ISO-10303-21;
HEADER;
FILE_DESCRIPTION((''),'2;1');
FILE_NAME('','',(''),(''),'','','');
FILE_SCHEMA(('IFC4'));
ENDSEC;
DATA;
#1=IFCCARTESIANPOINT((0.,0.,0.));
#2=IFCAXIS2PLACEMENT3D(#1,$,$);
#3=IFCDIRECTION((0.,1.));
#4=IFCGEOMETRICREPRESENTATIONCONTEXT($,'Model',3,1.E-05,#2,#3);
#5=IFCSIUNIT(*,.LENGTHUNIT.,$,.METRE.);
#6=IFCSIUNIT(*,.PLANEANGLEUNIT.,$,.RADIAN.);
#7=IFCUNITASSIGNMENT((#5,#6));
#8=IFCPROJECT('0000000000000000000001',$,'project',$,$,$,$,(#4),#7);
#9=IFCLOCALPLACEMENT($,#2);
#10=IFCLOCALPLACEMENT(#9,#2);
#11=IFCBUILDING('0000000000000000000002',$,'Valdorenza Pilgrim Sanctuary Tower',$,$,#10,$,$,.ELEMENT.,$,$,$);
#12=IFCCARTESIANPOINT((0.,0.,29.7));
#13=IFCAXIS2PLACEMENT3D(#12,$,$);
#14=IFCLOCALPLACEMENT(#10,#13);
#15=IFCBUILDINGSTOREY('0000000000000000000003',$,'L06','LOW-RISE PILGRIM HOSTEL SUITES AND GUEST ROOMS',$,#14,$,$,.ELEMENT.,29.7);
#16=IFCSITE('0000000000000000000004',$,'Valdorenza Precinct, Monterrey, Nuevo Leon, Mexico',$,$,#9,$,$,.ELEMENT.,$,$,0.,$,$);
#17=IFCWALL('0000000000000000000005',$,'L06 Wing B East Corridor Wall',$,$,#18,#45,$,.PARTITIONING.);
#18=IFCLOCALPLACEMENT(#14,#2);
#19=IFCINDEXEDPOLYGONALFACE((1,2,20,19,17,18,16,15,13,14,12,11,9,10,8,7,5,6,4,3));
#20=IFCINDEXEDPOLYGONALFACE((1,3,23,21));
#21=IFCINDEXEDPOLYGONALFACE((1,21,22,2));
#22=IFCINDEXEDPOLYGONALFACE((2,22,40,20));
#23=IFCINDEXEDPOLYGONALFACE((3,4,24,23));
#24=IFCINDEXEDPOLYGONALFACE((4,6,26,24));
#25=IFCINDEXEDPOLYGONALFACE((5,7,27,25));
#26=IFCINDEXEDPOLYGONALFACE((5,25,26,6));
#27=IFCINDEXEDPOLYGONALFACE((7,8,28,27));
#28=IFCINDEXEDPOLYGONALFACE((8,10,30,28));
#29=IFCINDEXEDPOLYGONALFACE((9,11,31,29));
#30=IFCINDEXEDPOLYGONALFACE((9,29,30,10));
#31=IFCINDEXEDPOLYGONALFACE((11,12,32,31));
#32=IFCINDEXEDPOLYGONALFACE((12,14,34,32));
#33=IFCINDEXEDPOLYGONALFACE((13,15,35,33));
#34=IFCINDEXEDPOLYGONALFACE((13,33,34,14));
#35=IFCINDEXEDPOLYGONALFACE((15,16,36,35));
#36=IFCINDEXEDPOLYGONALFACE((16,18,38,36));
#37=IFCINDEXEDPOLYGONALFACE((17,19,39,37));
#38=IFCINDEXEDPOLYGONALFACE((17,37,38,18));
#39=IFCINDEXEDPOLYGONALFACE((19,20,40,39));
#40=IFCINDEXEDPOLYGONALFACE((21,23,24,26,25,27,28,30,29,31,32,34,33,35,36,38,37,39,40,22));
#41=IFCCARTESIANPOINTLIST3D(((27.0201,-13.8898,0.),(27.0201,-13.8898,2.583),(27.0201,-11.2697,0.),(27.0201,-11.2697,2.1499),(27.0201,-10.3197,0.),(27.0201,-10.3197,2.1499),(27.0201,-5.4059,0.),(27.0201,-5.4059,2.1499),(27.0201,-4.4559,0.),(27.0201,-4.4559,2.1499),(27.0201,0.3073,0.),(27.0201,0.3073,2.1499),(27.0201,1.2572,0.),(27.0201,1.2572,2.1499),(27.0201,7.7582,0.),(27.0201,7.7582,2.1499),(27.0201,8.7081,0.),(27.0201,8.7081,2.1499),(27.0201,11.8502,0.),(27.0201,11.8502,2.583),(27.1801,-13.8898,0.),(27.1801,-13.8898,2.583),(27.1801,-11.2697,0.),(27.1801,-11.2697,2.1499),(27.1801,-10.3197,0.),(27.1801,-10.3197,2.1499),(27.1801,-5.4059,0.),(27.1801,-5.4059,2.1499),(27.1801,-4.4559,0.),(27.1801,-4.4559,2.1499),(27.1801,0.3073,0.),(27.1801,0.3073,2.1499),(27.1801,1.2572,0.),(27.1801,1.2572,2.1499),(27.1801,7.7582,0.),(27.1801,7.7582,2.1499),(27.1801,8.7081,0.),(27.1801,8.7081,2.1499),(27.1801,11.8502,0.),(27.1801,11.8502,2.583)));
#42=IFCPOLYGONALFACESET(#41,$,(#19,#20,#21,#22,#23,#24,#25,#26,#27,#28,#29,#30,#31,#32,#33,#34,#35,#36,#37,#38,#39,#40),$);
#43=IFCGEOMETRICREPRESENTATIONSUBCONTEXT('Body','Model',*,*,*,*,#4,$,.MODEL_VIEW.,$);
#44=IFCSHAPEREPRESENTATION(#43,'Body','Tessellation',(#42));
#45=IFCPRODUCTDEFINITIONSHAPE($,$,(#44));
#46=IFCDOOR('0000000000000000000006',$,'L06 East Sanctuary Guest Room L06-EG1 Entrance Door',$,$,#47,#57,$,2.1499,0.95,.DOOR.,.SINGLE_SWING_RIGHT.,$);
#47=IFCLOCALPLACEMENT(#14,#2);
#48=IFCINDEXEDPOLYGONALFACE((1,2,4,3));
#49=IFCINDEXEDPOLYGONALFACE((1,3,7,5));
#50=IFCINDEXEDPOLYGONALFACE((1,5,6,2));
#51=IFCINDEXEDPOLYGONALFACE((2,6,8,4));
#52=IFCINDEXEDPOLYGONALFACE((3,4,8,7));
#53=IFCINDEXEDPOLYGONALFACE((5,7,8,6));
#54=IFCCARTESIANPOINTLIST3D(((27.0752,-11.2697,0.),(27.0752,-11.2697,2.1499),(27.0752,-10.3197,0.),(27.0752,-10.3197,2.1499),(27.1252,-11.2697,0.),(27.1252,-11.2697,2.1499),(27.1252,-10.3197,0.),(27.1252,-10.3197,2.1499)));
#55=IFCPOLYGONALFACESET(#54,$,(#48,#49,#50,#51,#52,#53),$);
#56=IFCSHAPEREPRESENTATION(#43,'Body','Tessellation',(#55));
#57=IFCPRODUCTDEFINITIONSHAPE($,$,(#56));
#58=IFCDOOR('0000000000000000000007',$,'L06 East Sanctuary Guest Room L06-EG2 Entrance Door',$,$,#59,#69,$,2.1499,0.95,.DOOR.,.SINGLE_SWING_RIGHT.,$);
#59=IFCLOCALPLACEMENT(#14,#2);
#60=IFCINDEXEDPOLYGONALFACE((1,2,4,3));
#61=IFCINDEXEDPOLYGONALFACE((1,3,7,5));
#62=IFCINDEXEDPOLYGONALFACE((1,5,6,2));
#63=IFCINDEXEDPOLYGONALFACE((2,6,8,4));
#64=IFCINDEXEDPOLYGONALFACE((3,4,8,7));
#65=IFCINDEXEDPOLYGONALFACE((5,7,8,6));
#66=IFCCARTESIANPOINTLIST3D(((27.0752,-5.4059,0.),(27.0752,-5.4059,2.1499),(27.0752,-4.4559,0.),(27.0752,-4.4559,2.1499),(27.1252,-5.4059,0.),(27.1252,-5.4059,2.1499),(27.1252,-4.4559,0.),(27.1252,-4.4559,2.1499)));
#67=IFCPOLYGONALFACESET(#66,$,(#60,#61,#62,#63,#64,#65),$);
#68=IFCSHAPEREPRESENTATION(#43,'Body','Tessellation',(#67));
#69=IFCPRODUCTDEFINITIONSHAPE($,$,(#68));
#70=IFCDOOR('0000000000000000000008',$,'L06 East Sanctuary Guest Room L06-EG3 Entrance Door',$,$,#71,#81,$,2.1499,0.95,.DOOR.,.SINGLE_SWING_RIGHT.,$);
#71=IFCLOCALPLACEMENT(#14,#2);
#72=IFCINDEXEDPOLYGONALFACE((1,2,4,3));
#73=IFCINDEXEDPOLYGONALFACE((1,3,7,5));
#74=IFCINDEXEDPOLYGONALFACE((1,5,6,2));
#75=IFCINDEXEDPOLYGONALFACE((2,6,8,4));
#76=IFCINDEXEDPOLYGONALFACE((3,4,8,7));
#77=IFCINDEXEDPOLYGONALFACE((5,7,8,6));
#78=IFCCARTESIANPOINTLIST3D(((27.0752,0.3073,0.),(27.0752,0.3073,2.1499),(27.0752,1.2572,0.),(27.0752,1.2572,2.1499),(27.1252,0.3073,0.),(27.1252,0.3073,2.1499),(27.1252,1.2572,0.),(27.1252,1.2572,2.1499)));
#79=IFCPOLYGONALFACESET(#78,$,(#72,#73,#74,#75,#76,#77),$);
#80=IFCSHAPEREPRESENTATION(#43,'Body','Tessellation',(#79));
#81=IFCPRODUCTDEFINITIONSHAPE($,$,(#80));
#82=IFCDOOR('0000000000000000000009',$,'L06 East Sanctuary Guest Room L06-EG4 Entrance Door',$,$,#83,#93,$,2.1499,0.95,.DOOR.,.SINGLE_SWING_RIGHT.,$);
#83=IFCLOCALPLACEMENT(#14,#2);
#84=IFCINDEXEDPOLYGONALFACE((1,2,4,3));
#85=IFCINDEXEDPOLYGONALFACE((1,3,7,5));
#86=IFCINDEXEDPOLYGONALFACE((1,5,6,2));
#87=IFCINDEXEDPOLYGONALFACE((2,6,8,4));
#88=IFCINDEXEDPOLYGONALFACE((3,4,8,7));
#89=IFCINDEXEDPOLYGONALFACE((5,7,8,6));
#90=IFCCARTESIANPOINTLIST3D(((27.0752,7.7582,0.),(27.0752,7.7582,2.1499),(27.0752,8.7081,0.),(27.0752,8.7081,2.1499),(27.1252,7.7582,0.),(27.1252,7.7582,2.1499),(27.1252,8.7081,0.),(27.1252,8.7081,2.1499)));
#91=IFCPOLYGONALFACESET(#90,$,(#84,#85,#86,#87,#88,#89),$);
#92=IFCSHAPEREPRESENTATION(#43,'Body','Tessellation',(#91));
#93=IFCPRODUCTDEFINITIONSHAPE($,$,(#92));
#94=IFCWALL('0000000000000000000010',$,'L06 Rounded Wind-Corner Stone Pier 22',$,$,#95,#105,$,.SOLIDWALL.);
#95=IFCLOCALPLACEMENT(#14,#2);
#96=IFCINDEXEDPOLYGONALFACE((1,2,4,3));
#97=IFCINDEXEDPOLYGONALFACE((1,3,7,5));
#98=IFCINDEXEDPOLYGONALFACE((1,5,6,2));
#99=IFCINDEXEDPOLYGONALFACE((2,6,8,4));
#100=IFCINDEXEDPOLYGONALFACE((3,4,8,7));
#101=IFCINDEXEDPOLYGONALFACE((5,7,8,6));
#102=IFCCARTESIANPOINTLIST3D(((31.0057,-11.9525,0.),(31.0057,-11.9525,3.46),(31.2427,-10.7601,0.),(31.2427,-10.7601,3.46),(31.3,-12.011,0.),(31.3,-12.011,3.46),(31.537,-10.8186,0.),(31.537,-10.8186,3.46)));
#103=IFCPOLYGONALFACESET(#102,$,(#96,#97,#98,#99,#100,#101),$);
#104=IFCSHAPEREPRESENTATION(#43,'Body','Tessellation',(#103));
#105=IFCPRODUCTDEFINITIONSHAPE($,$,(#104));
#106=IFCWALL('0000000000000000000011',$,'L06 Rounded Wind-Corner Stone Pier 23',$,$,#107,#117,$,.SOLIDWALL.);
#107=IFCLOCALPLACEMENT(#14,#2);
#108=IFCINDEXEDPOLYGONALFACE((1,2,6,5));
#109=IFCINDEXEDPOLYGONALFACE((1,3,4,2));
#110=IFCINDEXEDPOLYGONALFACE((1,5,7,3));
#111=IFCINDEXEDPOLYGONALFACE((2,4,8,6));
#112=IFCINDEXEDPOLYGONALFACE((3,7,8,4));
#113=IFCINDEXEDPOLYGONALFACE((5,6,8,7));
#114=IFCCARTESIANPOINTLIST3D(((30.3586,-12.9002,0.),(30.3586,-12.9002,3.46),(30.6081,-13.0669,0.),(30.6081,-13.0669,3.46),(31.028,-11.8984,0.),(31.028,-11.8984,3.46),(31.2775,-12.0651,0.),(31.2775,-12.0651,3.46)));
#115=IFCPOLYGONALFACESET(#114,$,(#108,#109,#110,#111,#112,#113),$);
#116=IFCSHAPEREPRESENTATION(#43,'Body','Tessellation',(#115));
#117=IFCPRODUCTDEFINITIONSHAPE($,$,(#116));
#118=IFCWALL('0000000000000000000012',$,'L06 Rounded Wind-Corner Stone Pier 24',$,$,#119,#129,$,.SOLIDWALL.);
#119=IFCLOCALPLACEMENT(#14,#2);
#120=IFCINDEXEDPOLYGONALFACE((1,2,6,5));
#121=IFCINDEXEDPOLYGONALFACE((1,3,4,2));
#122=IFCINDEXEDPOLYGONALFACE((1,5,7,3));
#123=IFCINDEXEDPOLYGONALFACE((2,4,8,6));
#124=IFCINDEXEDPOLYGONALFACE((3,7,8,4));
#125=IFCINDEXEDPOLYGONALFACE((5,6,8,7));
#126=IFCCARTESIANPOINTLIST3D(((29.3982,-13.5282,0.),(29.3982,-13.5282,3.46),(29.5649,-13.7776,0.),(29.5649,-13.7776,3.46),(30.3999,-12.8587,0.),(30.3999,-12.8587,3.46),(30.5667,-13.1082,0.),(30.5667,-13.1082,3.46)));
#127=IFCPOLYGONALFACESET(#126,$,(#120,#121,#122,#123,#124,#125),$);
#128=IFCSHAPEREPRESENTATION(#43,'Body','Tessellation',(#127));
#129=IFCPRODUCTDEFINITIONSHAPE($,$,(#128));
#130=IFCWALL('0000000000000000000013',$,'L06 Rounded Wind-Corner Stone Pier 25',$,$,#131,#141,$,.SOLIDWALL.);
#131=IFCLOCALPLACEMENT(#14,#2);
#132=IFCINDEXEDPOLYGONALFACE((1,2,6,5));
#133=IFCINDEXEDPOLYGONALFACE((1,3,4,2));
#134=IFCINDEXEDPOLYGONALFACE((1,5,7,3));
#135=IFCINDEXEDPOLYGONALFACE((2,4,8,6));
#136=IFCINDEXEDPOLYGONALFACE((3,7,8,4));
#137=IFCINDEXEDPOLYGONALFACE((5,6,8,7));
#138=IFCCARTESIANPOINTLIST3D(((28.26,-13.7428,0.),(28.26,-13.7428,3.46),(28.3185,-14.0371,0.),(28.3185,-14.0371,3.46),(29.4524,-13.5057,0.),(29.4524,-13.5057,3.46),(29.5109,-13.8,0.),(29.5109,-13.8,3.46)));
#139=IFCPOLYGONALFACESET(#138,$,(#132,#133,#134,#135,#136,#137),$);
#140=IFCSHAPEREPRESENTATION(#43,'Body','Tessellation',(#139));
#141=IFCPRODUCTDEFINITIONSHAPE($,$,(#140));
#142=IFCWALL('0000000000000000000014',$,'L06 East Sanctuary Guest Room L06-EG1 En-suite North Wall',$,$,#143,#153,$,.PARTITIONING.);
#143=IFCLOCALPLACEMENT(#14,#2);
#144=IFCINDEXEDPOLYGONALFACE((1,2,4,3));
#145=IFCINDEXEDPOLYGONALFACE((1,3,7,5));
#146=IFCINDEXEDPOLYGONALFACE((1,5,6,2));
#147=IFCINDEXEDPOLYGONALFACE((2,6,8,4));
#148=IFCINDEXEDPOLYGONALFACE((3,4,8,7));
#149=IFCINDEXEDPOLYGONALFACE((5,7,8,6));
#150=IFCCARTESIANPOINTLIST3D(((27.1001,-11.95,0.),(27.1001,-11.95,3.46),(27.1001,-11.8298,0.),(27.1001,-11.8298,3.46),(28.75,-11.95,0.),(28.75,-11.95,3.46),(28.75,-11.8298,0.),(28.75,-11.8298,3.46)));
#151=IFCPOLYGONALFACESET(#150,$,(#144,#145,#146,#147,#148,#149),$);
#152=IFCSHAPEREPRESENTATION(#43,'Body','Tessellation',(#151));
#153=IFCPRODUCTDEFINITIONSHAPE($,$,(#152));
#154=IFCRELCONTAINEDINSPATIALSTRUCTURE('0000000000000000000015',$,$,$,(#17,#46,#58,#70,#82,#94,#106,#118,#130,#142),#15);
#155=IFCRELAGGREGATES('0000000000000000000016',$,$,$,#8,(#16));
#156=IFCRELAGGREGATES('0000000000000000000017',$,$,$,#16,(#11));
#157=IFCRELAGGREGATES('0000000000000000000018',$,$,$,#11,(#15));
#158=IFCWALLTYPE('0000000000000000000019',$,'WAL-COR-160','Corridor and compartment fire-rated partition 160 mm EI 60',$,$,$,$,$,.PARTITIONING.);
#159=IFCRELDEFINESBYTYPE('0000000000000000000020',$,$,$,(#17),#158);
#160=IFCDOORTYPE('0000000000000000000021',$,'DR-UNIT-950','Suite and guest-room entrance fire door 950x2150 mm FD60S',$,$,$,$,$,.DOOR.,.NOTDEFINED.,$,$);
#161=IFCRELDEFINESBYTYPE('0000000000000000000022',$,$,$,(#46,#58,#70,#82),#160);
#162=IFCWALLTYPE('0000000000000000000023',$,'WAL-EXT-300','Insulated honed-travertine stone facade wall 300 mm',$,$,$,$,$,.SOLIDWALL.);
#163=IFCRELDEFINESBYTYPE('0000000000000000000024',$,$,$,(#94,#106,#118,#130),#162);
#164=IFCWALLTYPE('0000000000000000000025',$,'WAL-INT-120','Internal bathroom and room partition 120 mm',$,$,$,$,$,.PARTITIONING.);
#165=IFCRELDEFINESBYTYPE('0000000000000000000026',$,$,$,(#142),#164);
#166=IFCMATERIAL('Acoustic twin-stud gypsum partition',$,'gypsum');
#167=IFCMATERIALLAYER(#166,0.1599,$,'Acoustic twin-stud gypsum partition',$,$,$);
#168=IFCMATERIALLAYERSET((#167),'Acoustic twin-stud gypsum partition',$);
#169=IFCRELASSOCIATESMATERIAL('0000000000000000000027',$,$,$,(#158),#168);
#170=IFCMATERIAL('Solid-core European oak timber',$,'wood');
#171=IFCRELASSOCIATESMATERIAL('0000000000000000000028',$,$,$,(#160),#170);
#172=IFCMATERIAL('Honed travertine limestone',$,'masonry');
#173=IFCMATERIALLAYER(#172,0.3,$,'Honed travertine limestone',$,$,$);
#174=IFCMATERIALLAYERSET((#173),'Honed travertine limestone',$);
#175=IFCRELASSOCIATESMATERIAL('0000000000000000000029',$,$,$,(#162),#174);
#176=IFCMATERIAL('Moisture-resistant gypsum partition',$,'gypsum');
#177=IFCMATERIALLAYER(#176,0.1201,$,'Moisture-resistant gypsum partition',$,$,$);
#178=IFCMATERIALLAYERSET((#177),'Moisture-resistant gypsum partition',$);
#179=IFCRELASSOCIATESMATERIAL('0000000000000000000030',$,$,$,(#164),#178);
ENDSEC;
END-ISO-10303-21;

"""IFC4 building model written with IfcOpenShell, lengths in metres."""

from ifc_helpers import new_model, si_unit, direction, frame, frame_2d, origin, place, context, subcontext, project, spatial, rectangle, extrude, material, layer, layer_set, type_object, element, fill, save


model = new_model("IFC4")

# Units and contexts
model_context = context("Model", 3, precision=1e-05, world=origin(), true_north=direction((0.0, 1.0)))
body_context = subcontext(model_context, "Body", "Model", "MODEL_VIEW")
ifc_project = project(units=[si_unit("LENGTHUNIT", "METRE"), si_unit("PLANEANGLEUNIT", "RADIAN")], contexts=[model_context])

# Site, building, storey
site_placement = place(None, origin())
site = spatial("IfcSite", under=ifc_project, at=site_placement, Name="Valdorenza Precinct, Monterrey, Nuevo Leon, Mexico", CompositionType="ELEMENT", RefElevation=0.0)
building_placement = place(site_placement, origin())
building = spatial("IfcBuilding", under=site, at=building_placement, Name="Valdorenza Pilgrim Sanctuary Tower", CompositionType="ELEMENT")
storey_placement = place(building_placement, frame((0.0, 0.0, 29.7)))
storey = spatial("IfcBuildingStorey", under=building, at=storey_placement, Name="L06", Description="LOW-RISE PILGRIM HOSTEL SUITES AND GUEST ROOMS", CompositionType="ELEMENT", Elevation=29.7)

# Shared definitions
ifc_material_1 = material(Name="Honed travertine limestone", Category="masonry")

# Shared definitions
ifc_material_2 = material(Name="Acoustic twin-stud gypsum partition", Category="gypsum")
ifc_layer_1 = layer(ifc_material_2, 0.1599, Name="Acoustic twin-stud gypsum partition")
ifc_layer_set_1 = layer_set([ifc_layer_1], Name="Acoustic twin-stud gypsum partition")
wall_type_1 = type_object("IfcWallType", Name="WAL-COR-160", Description="Corridor and compartment fire-rated partition 160 mm EI 60", PredefinedType="PARTITIONING", material=ifc_layer_set_1)
ifc_material_3 = material(Name="Solid-core European oak timber", Category="wood")
door_type_1 = type_object("IfcDoorType", Name="DR-UNIT-950", Description="Suite and guest-room entrance fire door 950x2150 mm FD60S", OperationType="NOTDEFINED", PredefinedType="DOOR", material=ifc_material_3)

# Wall, openings, doors
wall_1_placement = place(storey_placement, frame((27.1001, -13.8899, 0.0), z_axis=(0.0, 0.0, 1.0), x_axis=(0.0, 1.0, 0.0)))
wall_1 = element("IfcWall", 1, at=wall_1_placement, inside=storey, type_object=wall_type_1, Name="L06 Wing B East Corridor Wall", PredefinedType="PARTITIONING", context=body_context, shape_type="SweptSolid", body=[
    extrude(rectangle(XDim=25.74, YDim=0.1599, at=frame_2d((12.8701, 0.0))), origin(), (0.0, 0.0, 1.0), 2.583),
])
opening_1_placement = place(wall_1_placement, frame((2.6201, 0.0, 0.0)))
opening_1 = element("IfcOpeningElement", 2, at=opening_1_placement, cuts=wall_1, PredefinedType="OPENING", context=body_context, shape_type="SweptSolid", body=[
    extrude(rectangle(XDim=0.95, YDim=2.1499, at=frame_2d((0.4751, 1.075))), frame((0.0, 0.0947, 0.0), z_axis=(0.0, -1.0, 0.0), x_axis=(1.0, 0.0, 0.0)), (0.0, 0.0, 1.0), 0.1897),
])
opening_2_placement = place(wall_1_placement, frame((8.4839, 0.0, 0.0)))
opening_2 = element("IfcOpeningElement", 3, at=opening_2_placement, cuts=wall_1, PredefinedType="OPENING", context=body_context, shape_type="SweptSolid", body=[
    extrude(rectangle(XDim=0.95, YDim=2.1499, at=frame_2d((0.4751, 1.075))), frame((0.0, 0.0947, 0.0), z_axis=(0.0, -1.0, 0.0), x_axis=(1.0, 0.0, 0.0)), (0.0, 0.0, 1.0), 0.1897),
])
opening_3_placement = place(wall_1_placement, frame((14.197, 0.0, 0.0)))
opening_3 = element("IfcOpeningElement", 4, at=opening_3_placement, cuts=wall_1, PredefinedType="OPENING", context=body_context, shape_type="SweptSolid", body=[
    extrude(rectangle(XDim=0.95, YDim=2.1499, at=frame_2d((0.4751, 1.075))), frame((0.0, 0.0947, 0.0), z_axis=(0.0, -1.0, 0.0), x_axis=(1.0, 0.0, 0.0)), (0.0, 0.0, 1.0), 0.1897),
])
opening_4_placement = place(wall_1_placement, frame((21.6479, 0.0, 0.0)))
opening_4 = element("IfcOpeningElement", 5, at=opening_4_placement, cuts=wall_1, PredefinedType="OPENING", context=body_context, shape_type="SweptSolid", body=[
    extrude(rectangle(XDim=0.95, YDim=2.1499, at=frame_2d((0.4751, 1.075))), frame((0.0, 0.0947, 0.0), z_axis=(0.0, -1.0, 0.0), x_axis=(1.0, 0.0, 0.0)), (0.0, 0.0, 1.0), 0.1897),
])
door_1_placement = place(opening_1_placement, origin())
door_1 = element("IfcDoor", 6, at=door_1_placement, inside=storey, type_object=door_type_1, Name="L06 East Sanctuary Guest Room L06-EG1 Entrance Door", OperationType="SINGLE_SWING_RIGHT", OverallHeight=2.1499, OverallWidth=0.95, PredefinedType="DOOR", context=body_context, shape_type="SweptSolid", body=[
    extrude(rectangle(XDim=0.95, YDim=2.1499, at=frame_2d((0.4751, 1.075))), frame((0.0, 0.0249, 0.0), z_axis=(0.0, -1.0, 0.0), x_axis=(1.0, 0.0, 0.0)), (0.0, 0.0, 1.0), 0.05),
])
fill(opening_1, door_1)
door_2_placement = place(opening_2_placement, origin())
door_2 = element("IfcDoor", 7, at=door_2_placement, inside=storey, type_object=door_type_1, Name="L06 East Sanctuary Guest Room L06-EG2 Entrance Door", OperationType="SINGLE_SWING_RIGHT", OverallHeight=2.1499, OverallWidth=0.95, PredefinedType="DOOR", context=body_context, shape_type="SweptSolid", body=[
    extrude(rectangle(XDim=0.95, YDim=2.1499, at=frame_2d((0.4751, 1.075))), frame((0.0, 0.0249, 0.0), z_axis=(0.0, -1.0, 0.0), x_axis=(1.0, 0.0, 0.0)), (0.0, 0.0, 1.0), 0.05),
])
fill(opening_2, door_2)
door_3_placement = place(opening_3_placement, origin())
door_3 = element("IfcDoor", 8, at=door_3_placement, inside=storey, type_object=door_type_1, Name="L06 East Sanctuary Guest Room L06-EG3 Entrance Door", OperationType="SINGLE_SWING_RIGHT", OverallHeight=2.1499, OverallWidth=0.95, PredefinedType="DOOR", context=body_context, shape_type="SweptSolid", body=[
    extrude(rectangle(XDim=0.95, YDim=2.1499, at=frame_2d((0.4751, 1.075))), frame((0.0, 0.0249, 0.0), z_axis=(0.0, -1.0, 0.0), x_axis=(1.0, 0.0, 0.0)), (0.0, 0.0, 1.0), 0.05),
])
fill(opening_3, door_3)
door_4_placement = place(opening_4_placement, origin())
door_4 = element("IfcDoor", 9, at=door_4_placement, inside=storey, type_object=door_type_1, Name="L06 East Sanctuary Guest Room L06-EG4 Entrance Door", OperationType="SINGLE_SWING_RIGHT", OverallHeight=2.1499, OverallWidth=0.95, PredefinedType="DOOR", context=body_context, shape_type="SweptSolid", body=[
    extrude(rectangle(XDim=0.95, YDim=2.1499, at=frame_2d((0.4751, 1.075))), frame((0.0, 0.0249, 0.0), z_axis=(0.0, -1.0, 0.0), x_axis=(1.0, 0.0, 0.0)), (0.0, 0.0, 1.0), 0.05),
])
fill(opening_4, door_4)

# Walls
ifc_layer_2 = layer(ifc_material_1, 0.3, Name="Honed travertine limestone")
ifc_layer_set_2 = layer_set([ifc_layer_2], Name="Honed travertine limestone")
wall_type_2 = type_object("IfcWallType", Name="WAL-EXT-300", Description="Insulated honed-travertine stone facade wall 300 mm", PredefinedType="SOLIDWALL", material=ifc_layer_set_2)
wall_2_placement = place(storey_placement, frame((31.3899, -10.7893, 0.0), z_axis=(0.0, 0.0, 1.0), x_axis=(-0.194996, -0.980804, 0.0)))
element("IfcWall", 10, at=wall_2_placement, inside=storey, type_object=wall_type_2, Name="L06 Rounded Wind-Corner Stone Pier 22", PredefinedType="SOLIDWALL", context=body_context, shape_type="SweptSolid", body=[
    extrude(rectangle(XDim=1.2158, YDim=0.3, at=frame_2d((0.6079, 0.0))), origin(), (0.0, 0.0, 1.0), 3.46),
])
for number, where, z_axis, x_axis, name in (
    (11, (31.1528, -11.9817, 0.0), (0.0, 0.0, 1.0), (-0.555635, -0.831426, 0.0), "L06 Rounded Wind-Corner Stone Pier 23"),
    (12, (30.4834, -12.9834, 0.0), (0.0, 0.0, 1.0), (-0.831426, -0.555635, 0.0), "L06 Rounded Wind-Corner Stone Pier 24"),
):
    element("IfcWall", number, at=place(storey_placement, frame(where, z_axis=z_axis, x_axis=x_axis)), inside=storey, type_object=wall_type_2, Name=name, PredefinedType="SOLIDWALL", context=body_context, shape_type="SweptSolid", body=[
        extrude(rectangle(XDim=1.2048, YDim=0.3, at=frame_2d((0.6025, 0.0))), origin(), (0.0, 0.0, 1.0), 3.46),
    ])
wall_3_placement = place(storey_placement, frame((29.4817, -13.6528, 0.0), z_axis=(0.0, 0.0, 1.0), x_axis=(-0.980804, -0.194996, 0.0)))
element("IfcWall", 13, at=wall_3_placement, inside=storey, type_object=wall_type_2, Name="L06 Rounded Wind-Corner Stone Pier 25", PredefinedType="SOLIDWALL", context=body_context, shape_type="SweptSolid", body=[
    extrude(rectangle(XDim=1.2158, YDim=0.3, at=frame_2d((0.6079, 0.0))), origin(), (0.0, 0.0, 1.0), 3.46),
])
ifc_material_4 = material(Name="Moisture-resistant gypsum partition", Category="gypsum")
ifc_layer_3 = layer(ifc_material_4, 0.1201, Name="Moisture-resistant gypsum partition")
ifc_layer_set_3 = layer_set([ifc_layer_3], Name="Moisture-resistant gypsum partition")
wall_type_3 = type_object("IfcWallType", Name="WAL-INT-120", Description="Internal bathroom and room partition 120 mm", PredefinedType="PARTITIONING", material=ifc_layer_set_3)
wall_4_placement = place(storey_placement, frame((27.1001, -11.8899, 0.0), z_axis=(0.0, 0.0, 1.0), x_axis=(1.0, 0.0, 0.0)))
element("IfcWall", 14, at=wall_4_placement, inside=storey, type_object=wall_type_3, Name="L06 East Sanctuary Guest Room L06-EG1 En-suite North Wall", PredefinedType="PARTITIONING", context=body_context, shape_type="SweptSolid", body=[
    extrude(rectangle(XDim=1.6499, YDim=0.1201, at=frame_2d((0.825, 0.0))), origin(), (0.0, 0.0, 1.0), 3.46),
])

save(model, "model.ifc")
